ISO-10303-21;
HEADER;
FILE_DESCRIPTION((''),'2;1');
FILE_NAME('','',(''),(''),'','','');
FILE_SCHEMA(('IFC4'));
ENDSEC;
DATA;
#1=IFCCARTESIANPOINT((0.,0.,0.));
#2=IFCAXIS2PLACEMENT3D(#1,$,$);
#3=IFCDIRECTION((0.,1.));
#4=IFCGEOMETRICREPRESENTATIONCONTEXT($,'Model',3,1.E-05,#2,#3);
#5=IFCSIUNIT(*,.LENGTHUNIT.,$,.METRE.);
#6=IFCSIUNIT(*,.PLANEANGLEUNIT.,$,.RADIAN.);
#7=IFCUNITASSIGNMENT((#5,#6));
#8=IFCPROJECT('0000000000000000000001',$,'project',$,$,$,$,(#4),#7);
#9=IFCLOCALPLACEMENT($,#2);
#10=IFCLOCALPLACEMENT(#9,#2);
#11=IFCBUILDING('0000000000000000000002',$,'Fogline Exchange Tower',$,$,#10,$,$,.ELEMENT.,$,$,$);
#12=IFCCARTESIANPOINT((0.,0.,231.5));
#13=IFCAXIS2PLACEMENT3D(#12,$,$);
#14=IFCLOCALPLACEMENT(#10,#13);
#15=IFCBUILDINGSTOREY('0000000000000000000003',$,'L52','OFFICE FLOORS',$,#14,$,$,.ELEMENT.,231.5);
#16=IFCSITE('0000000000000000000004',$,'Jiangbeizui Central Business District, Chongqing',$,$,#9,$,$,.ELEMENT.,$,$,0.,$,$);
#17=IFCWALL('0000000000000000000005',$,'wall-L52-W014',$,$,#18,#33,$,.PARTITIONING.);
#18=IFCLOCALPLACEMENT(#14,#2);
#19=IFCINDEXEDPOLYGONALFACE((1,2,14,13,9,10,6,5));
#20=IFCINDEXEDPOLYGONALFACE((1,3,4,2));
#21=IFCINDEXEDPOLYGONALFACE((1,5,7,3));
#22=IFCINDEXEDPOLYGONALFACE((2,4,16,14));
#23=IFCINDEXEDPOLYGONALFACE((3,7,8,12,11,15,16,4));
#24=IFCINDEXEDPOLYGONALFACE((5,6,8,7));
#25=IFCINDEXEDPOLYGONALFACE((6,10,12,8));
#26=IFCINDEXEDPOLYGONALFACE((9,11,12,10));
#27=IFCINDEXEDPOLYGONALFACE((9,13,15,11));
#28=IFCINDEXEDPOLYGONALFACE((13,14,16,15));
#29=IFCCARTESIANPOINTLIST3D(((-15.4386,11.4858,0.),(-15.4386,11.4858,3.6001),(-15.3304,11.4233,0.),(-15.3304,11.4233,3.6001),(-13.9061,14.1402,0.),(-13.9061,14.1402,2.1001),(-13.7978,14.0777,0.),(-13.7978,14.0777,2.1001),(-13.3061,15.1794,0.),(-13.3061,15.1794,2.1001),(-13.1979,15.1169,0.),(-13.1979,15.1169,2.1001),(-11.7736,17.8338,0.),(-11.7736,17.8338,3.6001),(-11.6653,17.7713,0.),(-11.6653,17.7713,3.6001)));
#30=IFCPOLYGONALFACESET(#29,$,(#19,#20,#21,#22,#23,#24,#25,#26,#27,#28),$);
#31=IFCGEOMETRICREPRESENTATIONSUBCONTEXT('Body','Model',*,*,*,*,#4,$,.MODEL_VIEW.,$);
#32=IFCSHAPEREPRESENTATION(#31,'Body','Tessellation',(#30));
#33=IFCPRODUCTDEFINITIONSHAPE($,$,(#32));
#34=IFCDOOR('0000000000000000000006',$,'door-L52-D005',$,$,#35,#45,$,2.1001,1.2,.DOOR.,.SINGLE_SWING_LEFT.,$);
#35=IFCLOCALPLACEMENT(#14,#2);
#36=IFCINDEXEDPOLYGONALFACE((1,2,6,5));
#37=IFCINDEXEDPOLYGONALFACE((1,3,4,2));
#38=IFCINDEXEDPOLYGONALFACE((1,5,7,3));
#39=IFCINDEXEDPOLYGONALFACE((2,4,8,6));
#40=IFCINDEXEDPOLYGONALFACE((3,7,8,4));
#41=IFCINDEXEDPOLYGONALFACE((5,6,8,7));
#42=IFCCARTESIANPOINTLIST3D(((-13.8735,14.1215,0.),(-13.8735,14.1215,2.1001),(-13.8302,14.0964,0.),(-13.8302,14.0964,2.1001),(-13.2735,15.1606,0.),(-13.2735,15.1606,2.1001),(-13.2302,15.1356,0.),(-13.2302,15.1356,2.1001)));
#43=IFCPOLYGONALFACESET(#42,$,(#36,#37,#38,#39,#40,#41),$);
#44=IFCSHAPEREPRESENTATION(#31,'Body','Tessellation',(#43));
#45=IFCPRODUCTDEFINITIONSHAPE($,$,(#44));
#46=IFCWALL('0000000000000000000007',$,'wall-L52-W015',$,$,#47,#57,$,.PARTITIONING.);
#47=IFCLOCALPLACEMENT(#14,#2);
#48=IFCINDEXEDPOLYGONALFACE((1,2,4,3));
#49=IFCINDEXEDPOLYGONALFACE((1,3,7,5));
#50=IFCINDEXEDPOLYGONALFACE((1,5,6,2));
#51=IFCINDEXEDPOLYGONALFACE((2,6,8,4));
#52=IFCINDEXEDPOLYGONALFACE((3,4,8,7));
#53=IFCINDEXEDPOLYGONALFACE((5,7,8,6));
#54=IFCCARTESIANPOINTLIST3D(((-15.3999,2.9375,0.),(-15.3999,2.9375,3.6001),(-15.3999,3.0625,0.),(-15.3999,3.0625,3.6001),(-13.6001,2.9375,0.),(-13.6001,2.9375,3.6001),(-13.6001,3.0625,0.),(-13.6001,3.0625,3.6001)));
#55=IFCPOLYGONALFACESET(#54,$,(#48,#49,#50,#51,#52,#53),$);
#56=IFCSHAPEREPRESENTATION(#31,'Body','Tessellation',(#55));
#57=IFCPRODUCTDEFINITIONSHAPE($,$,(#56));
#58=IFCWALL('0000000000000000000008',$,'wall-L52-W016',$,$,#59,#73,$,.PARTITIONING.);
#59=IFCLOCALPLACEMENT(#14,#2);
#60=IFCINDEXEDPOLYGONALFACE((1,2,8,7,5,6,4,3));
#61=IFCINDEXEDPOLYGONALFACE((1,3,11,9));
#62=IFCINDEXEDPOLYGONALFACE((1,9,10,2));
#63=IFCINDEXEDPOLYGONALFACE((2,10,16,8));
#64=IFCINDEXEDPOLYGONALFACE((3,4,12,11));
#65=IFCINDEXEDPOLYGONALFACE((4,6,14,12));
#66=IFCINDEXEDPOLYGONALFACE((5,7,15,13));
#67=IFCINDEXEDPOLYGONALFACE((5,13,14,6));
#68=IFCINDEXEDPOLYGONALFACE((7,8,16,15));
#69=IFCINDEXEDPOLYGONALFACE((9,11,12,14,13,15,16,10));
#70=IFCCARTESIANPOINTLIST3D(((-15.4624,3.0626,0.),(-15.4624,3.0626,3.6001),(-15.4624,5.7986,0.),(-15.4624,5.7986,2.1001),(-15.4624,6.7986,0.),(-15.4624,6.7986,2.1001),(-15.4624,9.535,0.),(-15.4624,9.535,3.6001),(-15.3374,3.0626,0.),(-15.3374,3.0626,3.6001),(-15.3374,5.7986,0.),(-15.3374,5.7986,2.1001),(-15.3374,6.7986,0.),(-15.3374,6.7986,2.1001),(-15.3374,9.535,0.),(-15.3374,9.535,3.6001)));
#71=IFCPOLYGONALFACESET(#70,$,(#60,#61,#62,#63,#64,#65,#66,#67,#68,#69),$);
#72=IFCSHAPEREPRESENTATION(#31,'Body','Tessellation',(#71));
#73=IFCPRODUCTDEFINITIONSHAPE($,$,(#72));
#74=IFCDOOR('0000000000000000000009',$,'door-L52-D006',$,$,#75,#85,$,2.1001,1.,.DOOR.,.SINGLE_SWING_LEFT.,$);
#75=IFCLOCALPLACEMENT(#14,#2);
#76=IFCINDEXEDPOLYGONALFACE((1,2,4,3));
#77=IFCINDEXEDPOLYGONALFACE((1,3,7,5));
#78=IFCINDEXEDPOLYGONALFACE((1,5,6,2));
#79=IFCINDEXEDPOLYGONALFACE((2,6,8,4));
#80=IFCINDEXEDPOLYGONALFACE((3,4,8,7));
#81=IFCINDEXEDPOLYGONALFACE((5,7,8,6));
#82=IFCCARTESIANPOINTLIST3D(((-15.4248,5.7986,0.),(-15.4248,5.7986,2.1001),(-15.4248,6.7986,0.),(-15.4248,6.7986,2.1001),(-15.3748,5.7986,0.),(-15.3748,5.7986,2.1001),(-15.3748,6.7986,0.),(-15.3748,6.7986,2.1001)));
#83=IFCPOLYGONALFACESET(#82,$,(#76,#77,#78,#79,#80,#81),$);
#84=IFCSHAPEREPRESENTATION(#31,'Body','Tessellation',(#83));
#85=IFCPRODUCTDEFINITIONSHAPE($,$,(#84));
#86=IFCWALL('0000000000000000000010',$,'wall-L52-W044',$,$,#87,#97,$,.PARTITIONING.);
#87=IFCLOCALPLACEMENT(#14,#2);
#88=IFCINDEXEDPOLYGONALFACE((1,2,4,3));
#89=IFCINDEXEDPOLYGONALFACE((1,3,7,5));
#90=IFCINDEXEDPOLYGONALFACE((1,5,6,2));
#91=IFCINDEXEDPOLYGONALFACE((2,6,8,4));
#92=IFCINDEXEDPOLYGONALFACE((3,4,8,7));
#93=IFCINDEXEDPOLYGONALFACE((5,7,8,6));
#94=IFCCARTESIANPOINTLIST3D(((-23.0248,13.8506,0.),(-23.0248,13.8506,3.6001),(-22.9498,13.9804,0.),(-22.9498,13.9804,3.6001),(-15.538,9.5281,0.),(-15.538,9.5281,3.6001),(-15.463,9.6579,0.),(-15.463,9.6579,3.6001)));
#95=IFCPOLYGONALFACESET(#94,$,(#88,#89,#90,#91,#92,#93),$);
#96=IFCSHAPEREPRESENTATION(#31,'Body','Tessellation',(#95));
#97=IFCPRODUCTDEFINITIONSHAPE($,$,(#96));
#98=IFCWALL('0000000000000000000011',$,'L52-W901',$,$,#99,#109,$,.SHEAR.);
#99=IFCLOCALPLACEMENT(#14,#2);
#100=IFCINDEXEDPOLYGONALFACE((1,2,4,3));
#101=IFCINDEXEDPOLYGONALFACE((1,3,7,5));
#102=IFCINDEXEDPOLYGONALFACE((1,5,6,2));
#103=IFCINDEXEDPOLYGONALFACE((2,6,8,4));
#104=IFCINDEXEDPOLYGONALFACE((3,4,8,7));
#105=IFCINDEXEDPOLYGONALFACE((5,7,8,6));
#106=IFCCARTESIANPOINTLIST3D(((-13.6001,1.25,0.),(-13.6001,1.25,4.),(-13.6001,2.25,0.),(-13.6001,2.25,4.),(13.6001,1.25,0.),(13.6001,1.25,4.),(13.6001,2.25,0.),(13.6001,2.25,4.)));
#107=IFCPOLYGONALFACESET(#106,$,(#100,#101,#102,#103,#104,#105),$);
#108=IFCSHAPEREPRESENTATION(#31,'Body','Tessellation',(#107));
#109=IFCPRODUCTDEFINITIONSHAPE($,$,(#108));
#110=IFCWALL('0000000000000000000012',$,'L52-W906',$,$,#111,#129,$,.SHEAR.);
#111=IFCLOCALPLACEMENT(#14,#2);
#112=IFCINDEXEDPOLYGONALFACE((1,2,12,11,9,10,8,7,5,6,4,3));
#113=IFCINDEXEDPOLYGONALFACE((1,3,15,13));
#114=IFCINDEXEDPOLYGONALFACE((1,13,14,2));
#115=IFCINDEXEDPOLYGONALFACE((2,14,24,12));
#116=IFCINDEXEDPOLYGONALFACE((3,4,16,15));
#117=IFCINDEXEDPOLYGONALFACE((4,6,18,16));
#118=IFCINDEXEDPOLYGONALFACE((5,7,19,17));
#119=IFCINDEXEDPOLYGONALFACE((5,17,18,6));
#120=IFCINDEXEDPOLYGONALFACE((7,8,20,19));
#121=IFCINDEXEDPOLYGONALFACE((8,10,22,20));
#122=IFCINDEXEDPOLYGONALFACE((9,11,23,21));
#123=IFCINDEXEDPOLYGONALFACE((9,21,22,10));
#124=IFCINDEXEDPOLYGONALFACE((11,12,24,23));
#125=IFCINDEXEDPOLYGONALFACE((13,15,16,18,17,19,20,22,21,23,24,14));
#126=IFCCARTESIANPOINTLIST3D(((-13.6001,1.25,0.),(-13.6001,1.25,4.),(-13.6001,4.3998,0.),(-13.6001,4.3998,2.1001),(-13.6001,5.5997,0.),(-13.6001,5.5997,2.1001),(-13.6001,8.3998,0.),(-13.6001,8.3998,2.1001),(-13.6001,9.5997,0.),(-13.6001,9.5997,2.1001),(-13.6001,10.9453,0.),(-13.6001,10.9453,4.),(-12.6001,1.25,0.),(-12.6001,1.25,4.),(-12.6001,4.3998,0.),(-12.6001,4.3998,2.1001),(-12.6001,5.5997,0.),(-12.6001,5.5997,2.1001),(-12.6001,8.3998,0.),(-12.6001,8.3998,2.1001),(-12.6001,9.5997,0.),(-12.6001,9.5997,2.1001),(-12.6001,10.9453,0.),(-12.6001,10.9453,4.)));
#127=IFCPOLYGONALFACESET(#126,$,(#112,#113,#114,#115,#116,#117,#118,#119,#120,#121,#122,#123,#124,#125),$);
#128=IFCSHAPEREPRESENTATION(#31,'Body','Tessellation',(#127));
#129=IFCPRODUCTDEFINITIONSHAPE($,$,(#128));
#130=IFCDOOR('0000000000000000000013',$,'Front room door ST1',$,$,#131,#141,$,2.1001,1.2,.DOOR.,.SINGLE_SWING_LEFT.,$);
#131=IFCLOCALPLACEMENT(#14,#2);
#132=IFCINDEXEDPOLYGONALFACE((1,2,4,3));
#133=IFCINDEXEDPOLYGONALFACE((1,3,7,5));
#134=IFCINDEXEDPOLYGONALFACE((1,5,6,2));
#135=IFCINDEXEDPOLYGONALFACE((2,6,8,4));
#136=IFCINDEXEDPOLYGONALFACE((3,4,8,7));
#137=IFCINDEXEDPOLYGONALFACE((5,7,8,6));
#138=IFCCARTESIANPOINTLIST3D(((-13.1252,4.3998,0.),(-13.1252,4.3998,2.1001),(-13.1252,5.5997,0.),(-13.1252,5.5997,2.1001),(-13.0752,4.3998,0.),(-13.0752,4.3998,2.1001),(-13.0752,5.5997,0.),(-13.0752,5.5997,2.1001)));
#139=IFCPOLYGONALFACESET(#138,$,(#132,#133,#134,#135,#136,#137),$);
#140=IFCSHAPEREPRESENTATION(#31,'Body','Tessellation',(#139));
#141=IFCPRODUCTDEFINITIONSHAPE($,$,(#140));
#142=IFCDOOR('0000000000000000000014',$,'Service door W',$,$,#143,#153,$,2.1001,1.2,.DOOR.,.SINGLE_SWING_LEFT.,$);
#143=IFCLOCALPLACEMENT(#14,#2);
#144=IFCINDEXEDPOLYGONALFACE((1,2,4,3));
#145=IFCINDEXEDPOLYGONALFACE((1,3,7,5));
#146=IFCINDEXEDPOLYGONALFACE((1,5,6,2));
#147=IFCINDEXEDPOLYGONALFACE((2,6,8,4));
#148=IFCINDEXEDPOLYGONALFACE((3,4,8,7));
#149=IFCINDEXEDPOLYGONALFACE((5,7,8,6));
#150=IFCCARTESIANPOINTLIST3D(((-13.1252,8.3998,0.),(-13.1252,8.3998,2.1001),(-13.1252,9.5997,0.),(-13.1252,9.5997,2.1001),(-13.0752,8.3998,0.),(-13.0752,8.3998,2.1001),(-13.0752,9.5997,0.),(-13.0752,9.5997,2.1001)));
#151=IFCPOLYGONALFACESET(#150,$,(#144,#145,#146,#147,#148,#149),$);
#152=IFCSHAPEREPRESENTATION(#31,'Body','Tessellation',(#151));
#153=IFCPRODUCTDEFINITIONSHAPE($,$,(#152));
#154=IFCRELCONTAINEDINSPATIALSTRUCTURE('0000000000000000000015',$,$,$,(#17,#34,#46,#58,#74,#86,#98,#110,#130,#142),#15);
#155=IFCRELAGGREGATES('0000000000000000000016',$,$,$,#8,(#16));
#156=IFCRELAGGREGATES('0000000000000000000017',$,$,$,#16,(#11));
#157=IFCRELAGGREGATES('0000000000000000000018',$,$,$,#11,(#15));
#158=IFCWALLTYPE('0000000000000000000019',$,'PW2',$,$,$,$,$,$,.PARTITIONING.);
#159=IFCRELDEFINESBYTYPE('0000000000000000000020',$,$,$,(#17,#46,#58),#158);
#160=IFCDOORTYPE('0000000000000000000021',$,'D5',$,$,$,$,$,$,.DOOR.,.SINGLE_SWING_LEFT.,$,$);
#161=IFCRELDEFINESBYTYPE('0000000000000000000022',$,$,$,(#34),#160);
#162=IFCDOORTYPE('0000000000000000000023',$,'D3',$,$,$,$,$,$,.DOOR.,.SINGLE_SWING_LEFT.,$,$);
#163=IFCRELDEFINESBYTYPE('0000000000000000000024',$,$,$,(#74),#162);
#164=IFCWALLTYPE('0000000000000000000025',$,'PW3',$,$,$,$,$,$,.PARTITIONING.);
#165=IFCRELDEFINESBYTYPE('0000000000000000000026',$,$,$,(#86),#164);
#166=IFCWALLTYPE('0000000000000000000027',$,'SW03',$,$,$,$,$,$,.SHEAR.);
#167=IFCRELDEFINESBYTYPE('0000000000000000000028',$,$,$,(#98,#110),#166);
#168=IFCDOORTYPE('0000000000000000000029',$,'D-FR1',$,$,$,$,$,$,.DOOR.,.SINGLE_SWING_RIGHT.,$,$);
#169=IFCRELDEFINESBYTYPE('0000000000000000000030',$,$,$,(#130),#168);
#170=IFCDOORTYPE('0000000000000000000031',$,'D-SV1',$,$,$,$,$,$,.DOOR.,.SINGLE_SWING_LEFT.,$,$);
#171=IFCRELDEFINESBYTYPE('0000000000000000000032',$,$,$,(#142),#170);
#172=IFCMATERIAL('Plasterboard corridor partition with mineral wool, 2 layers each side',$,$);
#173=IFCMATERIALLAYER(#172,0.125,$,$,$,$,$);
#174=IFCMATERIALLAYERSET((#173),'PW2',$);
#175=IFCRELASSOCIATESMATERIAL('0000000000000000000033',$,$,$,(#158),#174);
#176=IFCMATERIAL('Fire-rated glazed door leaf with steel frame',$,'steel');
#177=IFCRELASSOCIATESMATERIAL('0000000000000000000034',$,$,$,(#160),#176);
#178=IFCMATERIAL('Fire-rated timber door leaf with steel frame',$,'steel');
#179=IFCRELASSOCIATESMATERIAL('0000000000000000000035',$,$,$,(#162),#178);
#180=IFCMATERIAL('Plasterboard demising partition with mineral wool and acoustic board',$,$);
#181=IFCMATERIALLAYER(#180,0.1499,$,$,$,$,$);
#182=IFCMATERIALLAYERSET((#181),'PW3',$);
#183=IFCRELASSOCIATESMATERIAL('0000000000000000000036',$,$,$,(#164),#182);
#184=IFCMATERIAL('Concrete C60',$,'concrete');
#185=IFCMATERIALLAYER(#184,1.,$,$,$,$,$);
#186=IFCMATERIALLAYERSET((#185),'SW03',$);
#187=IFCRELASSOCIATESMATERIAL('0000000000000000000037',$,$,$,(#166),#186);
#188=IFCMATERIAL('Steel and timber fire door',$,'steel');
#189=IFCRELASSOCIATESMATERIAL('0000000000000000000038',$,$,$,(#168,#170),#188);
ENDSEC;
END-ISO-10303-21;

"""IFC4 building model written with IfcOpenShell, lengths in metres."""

from ifc_helpers import new_model, si_unit, direction, frame, frame_2d, origin, place, context, subcontext, project, spatial, rectangle, extrude, material, layer, layer_set, type_object, element, fill, save


model = new_model("IFC4")

# Units and contexts
model_context = context("Model", 3, precision=1e-05, world=origin(), true_north=direction((0.0, 1.0)))
body_context = subcontext(model_context, "Body", "Model", "MODEL_VIEW")
ifc_project = project(units=[si_unit("LENGTHUNIT", "METRE"), si_unit("PLANEANGLEUNIT", "RADIAN")], contexts=[model_context])

# Site, building, storey
site_placement = place(None, origin())
site = spatial("IfcSite", under=ifc_project, at=site_placement, Name="Jiangbeizui Central Business District, Chongqing", CompositionType="ELEMENT", RefElevation=0.0)
building_placement = place(site_placement, origin())
building = spatial("IfcBuilding", under=site, at=building_placement, Name="Fogline Exchange Tower", CompositionType="ELEMENT")
storey_placement = place(building_placement, frame((0.0, 0.0, 231.5)))
storey = spatial("IfcBuildingStorey", under=building, at=storey_placement, Name="L52", Description="OFFICE FLOORS", CompositionType="ELEMENT", Elevation=231.5)

# Shared definitions
ifc_material_1 = material(Name="Steel and timber fire door", Category="steel")

# Shared definitions
ifc_material_2 = material(Name="Plasterboard corridor partition with mineral wool, 2 layers each side")
ifc_layer_1 = layer(ifc_material_2, 0.125)
ifc_layer_set_1 = layer_set([ifc_layer_1], Name="PW2")
wall_type_1 = type_object("IfcWallType", Name="PW2", PredefinedType="PARTITIONING", material=ifc_layer_set_1)

# Wall, opening, door
wall_1_placement = place(storey_placement, frame((-15.3845, 11.4546, 0.0), z_axis=(0.0, 0.0, 1.0), x_axis=(0.500008, 0.866021, 0.0)))
wall_1 = element("IfcWall", 1, at=wall_1_placement, inside=storey, type_object=wall_type_1, Name="wall-L52-W014", PredefinedType="PARTITIONING", context=body_context, shape_type="SweptSolid", body=[
    extrude(rectangle(XDim=7.3301, YDim=0.125, at=frame_2d((3.665, 0.0))), origin(), (0.0, 0.0, 1.0), 3.6001),
])
opening_1_placement = place(wall_1_placement, frame((3.0649, 0.0, 0.0)))
opening_1 = element("IfcOpeningElement", 2, at=opening_1_placement, cuts=wall_1, PredefinedType="OPENING", context=body_context, shape_type="SweptSolid", body=[
    extrude(rectangle(XDim=1.2, YDim=2.1001, at=frame_2d((0.6001, 1.05))), frame((0.0, 0.0725, 0.0), z_axis=(0.0, -1.0, 0.0), x_axis=(1.0, 0.0, 0.0)), (0.0, 0.0, 1.0), 0.145),
])
ifc_material_3 = material(Name="Fire-rated glazed door leaf with steel frame", Category="steel")
door_type_1 = type_object("IfcDoorType", Name="D5", OperationType="SINGLE_SWING_LEFT", PredefinedType="DOOR", material=ifc_material_3)
door_1_placement = place(opening_1_placement, origin())
door_1 = element("IfcDoor", 3, at=door_1_placement, inside=storey, type_object=door_type_1, Name="door-L52-D005", OperationType="SINGLE_SWING_LEFT", OverallHeight=2.1001, OverallWidth=1.2, PredefinedType="DOOR", context=body_context, shape_type="SweptSolid", body=[
    extrude(rectangle(XDim=1.2, YDim=2.1001, at=frame_2d((0.6001, 1.05))), frame((0.0, 0.0249, 0.0), z_axis=(0.0, -1.0, 0.0), x_axis=(1.0, 0.0, 0.0)), (0.0, 0.0, 1.0), 0.05),
])
fill(opening_1, door_1)

# Wall
wall_2_placement = place(storey_placement, frame((-13.6001, 3.0, 0.0), z_axis=(0.0, 0.0, 1.0), x_axis=(-1.0, 0.0, 0.0)))
element("IfcWall", 4, at=wall_2_placement, inside=storey, type_object=wall_type_1, Name="wall-L52-W015", PredefinedType="PARTITIONING", context=body_context, shape_type="SweptSolid", body=[
    extrude(rectangle(XDim=1.7998, YDim=0.125, at=frame_2d((0.8999, 0.0))), origin(), (0.0, 0.0, 1.0), 3.6001),
])

# Wall, opening, door
wall_3_placement = place(storey_placement, frame((-15.3999, 3.0625, 0.0), z_axis=(0.0, 0.0, 1.0), x_axis=(0.0, 1.0, 0.0)))
wall_3 = element("IfcWall", 5, at=wall_3_placement, inside=storey, type_object=wall_type_1, Name="wall-L52-W016", PredefinedType="PARTITIONING", context=body_context, shape_type="SweptSolid", body=[
    extrude(rectangle(XDim=6.4724, YDim=0.125, at=frame_2d((3.2363, 0.0))), origin(), (0.0, 0.0, 1.0), 3.6001),
])
opening_2_placement = place(wall_3_placement, frame((2.7361, 0.0, 0.0)))
opening_2 = element("IfcOpeningElement", 6, at=opening_2_placement, cuts=wall_3, PredefinedType="OPENING", context=body_context, shape_type="SweptSolid", body=[
    extrude(rectangle(XDim=1.0, YDim=2.1001, at=frame_2d((0.5, 1.05))), frame((0.0, 0.0725, 0.0), z_axis=(0.0, -1.0, 0.0), x_axis=(1.0, 0.0, 0.0)), (0.0, 0.0, 1.0), 0.145),
])
ifc_material_4 = material(Name="Fire-rated timber door leaf with steel frame", Category="steel")
door_type_2 = type_object("IfcDoorType", Name="D3", OperationType="SINGLE_SWING_LEFT", PredefinedType="DOOR", material=ifc_material_4)
door_2_placement = place(opening_2_placement, origin())
door_2 = element("IfcDoor", 7, at=door_2_placement, inside=storey, type_object=door_type_2, Name="door-L52-D006", OperationType="SINGLE_SWING_LEFT", OverallHeight=2.1001, OverallWidth=1.0, PredefinedType="DOOR", context=body_context, shape_type="SweptSolid", body=[
    extrude(rectangle(XDim=1.0, YDim=2.1001, at=frame_2d((0.5, 1.05))), frame((0.0, 0.0249, 0.0), z_axis=(0.0, -1.0, 0.0), x_axis=(1.0, 0.0, 0.0)), (0.0, 0.0, 1.0), 0.05),
])
fill(opening_2, door_2)

# Walls
ifc_material_5 = material(Name="Plasterboard demising partition with mineral wool and acoustic board")
ifc_layer_2 = layer(ifc_material_5, 0.1499)
ifc_layer_set_2 = layer_set([ifc_layer_2], Name="PW3")
wall_type_2 = type_object("IfcWallType", Name="PW3", PredefinedType="PARTITIONING", material=ifc_layer_set_2)
wall_4_placement = place(storey_placement, frame((-15.5005, 9.593, 0.0), z_axis=(0.0, 0.0, 1.0), x_axis=(-0.866026, 0.5, 0.0)))
element("IfcWall", 8, at=wall_4_placement, inside=storey, type_object=wall_type_2, Name="wall-L52-W044", PredefinedType="PARTITIONING", context=body_context, shape_type="SweptSolid", body=[
    extrude(rectangle(XDim=8.645, YDim=0.1499, at=frame_2d((4.3225, 0.0))), origin(), (0.0, 0.0, 1.0), 3.6001),
])
ifc_material_6 = material(Name="Concrete C60", Category="concrete")
ifc_layer_3 = layer(ifc_material_6, 1.0)
ifc_layer_set_3 = layer_set([ifc_layer_3], Name="SW03")
wall_type_3 = type_object("IfcWallType", Name="SW03", PredefinedType="SHEAR", material=ifc_layer_set_3)
wall_5_placement = place(storey_placement, frame((-13.6001, 1.75, 0.0), z_axis=(0.0, 0.0, 1.0), x_axis=(1.0, 0.0, 0.0)))
element("IfcWall", 9, at=wall_5_placement, inside=storey, type_object=wall_type_3, Name="L52-W901", PredefinedType="SHEAR", context=body_context, shape_type="SweptSolid", body=[
    extrude(rectangle(XDim=27.2002, YDim=1.0, at=frame_2d((13.6001, 0.0))), origin(), (0.0, 0.0, 1.0), 4.0),
])

# Wall, openings, doors
wall_6_placement = place(storey_placement, frame((-13.1001, 10.9453, 0.0), z_axis=(0.0, 0.0, 1.0), x_axis=(0.0, -1.0, 0.0)))
wall_6 = element("IfcWall", 10, at=wall_6_placement, inside=storey, type_object=wall_type_3, Name="L52-W906", PredefinedType="SHEAR", context=body_context, shape_type="SweptSolid", body=[
    extrude(rectangle(XDim=9.6953, YDim=1.0, at=frame_2d((4.8477, 0.0))), origin(), (0.0, 0.0, 1.0), 4.0),
])
opening_3_placement = place(wall_6_placement, frame((5.3455, 0.0, 0.0)))
opening_3 = element("IfcOpeningElement", 11, at=opening_3_placement, cuts=wall_6, PredefinedType="OPENING", context=body_context, shape_type="SweptSolid", body=[
    extrude(rectangle(XDim=1.2, YDim=2.1001, at=frame_2d((0.6001, 1.05))), frame((0.0, 0.51, 0.0), z_axis=(0.0, -1.0, 0.0), x_axis=(1.0, 0.0, 0.0)), (0.0, 0.0, 1.0), 1.02),
])
opening_4_placement = place(wall_6_placement, frame((1.3455, 0.0, 0.0)))
opening_4 = element("IfcOpeningElement", 12, at=opening_4_placement, cuts=wall_6, PredefinedType="OPENING", context=body_context, shape_type="SweptSolid", body=[
    extrude(rectangle(XDim=1.2, YDim=2.1001, at=frame_2d((0.6001, 1.05))), frame((0.0, 0.51, 0.0), z_axis=(0.0, -1.0, 0.0), x_axis=(1.0, 0.0, 0.0)), (0.0, 0.0, 1.0), 1.02),
])
door_type_3 = type_object("IfcDoorType", Name="D-FR1", OperationType="SINGLE_SWING_RIGHT", PredefinedType="DOOR", material=ifc_material_1)
door_3_placement = place(opening_3_placement, origin())
door_3 = element("IfcDoor", 13, at=door_3_placement, inside=storey, type_object=door_type_3, Name="Front room door ST1", OperationType="SINGLE_SWING_LEFT", OverallHeight=2.1001, OverallWidth=1.2, PredefinedType="DOOR", context=body_context, shape_type="SweptSolid", body=[
    extrude(rectangle(XDim=1.2, YDim=2.1001, at=frame_2d((0.6001, 1.05))), frame((0.0, 0.0249, 0.0), z_axis=(0.0, -1.0, 0.0), x_axis=(1.0, 0.0, 0.0)), (0.0, 0.0, 1.0), 0.05),
])
fill(opening_3, door_3)
door_type_4 = type_object("IfcDoorType", Name="D-SV1", OperationType="SINGLE_SWING_LEFT", PredefinedType="DOOR", material=ifc_material_1)
door_4_placement = place(opening_4_placement, origin())
door_4 = element("IfcDoor", 14, at=door_4_placement, inside=storey, type_object=door_type_4, Name="Service door W", OperationType="SINGLE_SWING_LEFT", OverallHeight=2.1001, OverallWidth=1.2, PredefinedType="DOOR", context=body_context, shape_type="SweptSolid", body=[
    extrude(rectangle(XDim=1.2, YDim=2.1001, at=frame_2d((0.6001, 1.05))), frame((0.0, 0.0249, 0.0), z_axis=(0.0, -1.0, 0.0), x_axis=(1.0, 0.0, 0.0)), (0.0, 0.0, 1.0), 0.05),
])
fill(opening_4, door_4)

save(model, "model.ifc")
